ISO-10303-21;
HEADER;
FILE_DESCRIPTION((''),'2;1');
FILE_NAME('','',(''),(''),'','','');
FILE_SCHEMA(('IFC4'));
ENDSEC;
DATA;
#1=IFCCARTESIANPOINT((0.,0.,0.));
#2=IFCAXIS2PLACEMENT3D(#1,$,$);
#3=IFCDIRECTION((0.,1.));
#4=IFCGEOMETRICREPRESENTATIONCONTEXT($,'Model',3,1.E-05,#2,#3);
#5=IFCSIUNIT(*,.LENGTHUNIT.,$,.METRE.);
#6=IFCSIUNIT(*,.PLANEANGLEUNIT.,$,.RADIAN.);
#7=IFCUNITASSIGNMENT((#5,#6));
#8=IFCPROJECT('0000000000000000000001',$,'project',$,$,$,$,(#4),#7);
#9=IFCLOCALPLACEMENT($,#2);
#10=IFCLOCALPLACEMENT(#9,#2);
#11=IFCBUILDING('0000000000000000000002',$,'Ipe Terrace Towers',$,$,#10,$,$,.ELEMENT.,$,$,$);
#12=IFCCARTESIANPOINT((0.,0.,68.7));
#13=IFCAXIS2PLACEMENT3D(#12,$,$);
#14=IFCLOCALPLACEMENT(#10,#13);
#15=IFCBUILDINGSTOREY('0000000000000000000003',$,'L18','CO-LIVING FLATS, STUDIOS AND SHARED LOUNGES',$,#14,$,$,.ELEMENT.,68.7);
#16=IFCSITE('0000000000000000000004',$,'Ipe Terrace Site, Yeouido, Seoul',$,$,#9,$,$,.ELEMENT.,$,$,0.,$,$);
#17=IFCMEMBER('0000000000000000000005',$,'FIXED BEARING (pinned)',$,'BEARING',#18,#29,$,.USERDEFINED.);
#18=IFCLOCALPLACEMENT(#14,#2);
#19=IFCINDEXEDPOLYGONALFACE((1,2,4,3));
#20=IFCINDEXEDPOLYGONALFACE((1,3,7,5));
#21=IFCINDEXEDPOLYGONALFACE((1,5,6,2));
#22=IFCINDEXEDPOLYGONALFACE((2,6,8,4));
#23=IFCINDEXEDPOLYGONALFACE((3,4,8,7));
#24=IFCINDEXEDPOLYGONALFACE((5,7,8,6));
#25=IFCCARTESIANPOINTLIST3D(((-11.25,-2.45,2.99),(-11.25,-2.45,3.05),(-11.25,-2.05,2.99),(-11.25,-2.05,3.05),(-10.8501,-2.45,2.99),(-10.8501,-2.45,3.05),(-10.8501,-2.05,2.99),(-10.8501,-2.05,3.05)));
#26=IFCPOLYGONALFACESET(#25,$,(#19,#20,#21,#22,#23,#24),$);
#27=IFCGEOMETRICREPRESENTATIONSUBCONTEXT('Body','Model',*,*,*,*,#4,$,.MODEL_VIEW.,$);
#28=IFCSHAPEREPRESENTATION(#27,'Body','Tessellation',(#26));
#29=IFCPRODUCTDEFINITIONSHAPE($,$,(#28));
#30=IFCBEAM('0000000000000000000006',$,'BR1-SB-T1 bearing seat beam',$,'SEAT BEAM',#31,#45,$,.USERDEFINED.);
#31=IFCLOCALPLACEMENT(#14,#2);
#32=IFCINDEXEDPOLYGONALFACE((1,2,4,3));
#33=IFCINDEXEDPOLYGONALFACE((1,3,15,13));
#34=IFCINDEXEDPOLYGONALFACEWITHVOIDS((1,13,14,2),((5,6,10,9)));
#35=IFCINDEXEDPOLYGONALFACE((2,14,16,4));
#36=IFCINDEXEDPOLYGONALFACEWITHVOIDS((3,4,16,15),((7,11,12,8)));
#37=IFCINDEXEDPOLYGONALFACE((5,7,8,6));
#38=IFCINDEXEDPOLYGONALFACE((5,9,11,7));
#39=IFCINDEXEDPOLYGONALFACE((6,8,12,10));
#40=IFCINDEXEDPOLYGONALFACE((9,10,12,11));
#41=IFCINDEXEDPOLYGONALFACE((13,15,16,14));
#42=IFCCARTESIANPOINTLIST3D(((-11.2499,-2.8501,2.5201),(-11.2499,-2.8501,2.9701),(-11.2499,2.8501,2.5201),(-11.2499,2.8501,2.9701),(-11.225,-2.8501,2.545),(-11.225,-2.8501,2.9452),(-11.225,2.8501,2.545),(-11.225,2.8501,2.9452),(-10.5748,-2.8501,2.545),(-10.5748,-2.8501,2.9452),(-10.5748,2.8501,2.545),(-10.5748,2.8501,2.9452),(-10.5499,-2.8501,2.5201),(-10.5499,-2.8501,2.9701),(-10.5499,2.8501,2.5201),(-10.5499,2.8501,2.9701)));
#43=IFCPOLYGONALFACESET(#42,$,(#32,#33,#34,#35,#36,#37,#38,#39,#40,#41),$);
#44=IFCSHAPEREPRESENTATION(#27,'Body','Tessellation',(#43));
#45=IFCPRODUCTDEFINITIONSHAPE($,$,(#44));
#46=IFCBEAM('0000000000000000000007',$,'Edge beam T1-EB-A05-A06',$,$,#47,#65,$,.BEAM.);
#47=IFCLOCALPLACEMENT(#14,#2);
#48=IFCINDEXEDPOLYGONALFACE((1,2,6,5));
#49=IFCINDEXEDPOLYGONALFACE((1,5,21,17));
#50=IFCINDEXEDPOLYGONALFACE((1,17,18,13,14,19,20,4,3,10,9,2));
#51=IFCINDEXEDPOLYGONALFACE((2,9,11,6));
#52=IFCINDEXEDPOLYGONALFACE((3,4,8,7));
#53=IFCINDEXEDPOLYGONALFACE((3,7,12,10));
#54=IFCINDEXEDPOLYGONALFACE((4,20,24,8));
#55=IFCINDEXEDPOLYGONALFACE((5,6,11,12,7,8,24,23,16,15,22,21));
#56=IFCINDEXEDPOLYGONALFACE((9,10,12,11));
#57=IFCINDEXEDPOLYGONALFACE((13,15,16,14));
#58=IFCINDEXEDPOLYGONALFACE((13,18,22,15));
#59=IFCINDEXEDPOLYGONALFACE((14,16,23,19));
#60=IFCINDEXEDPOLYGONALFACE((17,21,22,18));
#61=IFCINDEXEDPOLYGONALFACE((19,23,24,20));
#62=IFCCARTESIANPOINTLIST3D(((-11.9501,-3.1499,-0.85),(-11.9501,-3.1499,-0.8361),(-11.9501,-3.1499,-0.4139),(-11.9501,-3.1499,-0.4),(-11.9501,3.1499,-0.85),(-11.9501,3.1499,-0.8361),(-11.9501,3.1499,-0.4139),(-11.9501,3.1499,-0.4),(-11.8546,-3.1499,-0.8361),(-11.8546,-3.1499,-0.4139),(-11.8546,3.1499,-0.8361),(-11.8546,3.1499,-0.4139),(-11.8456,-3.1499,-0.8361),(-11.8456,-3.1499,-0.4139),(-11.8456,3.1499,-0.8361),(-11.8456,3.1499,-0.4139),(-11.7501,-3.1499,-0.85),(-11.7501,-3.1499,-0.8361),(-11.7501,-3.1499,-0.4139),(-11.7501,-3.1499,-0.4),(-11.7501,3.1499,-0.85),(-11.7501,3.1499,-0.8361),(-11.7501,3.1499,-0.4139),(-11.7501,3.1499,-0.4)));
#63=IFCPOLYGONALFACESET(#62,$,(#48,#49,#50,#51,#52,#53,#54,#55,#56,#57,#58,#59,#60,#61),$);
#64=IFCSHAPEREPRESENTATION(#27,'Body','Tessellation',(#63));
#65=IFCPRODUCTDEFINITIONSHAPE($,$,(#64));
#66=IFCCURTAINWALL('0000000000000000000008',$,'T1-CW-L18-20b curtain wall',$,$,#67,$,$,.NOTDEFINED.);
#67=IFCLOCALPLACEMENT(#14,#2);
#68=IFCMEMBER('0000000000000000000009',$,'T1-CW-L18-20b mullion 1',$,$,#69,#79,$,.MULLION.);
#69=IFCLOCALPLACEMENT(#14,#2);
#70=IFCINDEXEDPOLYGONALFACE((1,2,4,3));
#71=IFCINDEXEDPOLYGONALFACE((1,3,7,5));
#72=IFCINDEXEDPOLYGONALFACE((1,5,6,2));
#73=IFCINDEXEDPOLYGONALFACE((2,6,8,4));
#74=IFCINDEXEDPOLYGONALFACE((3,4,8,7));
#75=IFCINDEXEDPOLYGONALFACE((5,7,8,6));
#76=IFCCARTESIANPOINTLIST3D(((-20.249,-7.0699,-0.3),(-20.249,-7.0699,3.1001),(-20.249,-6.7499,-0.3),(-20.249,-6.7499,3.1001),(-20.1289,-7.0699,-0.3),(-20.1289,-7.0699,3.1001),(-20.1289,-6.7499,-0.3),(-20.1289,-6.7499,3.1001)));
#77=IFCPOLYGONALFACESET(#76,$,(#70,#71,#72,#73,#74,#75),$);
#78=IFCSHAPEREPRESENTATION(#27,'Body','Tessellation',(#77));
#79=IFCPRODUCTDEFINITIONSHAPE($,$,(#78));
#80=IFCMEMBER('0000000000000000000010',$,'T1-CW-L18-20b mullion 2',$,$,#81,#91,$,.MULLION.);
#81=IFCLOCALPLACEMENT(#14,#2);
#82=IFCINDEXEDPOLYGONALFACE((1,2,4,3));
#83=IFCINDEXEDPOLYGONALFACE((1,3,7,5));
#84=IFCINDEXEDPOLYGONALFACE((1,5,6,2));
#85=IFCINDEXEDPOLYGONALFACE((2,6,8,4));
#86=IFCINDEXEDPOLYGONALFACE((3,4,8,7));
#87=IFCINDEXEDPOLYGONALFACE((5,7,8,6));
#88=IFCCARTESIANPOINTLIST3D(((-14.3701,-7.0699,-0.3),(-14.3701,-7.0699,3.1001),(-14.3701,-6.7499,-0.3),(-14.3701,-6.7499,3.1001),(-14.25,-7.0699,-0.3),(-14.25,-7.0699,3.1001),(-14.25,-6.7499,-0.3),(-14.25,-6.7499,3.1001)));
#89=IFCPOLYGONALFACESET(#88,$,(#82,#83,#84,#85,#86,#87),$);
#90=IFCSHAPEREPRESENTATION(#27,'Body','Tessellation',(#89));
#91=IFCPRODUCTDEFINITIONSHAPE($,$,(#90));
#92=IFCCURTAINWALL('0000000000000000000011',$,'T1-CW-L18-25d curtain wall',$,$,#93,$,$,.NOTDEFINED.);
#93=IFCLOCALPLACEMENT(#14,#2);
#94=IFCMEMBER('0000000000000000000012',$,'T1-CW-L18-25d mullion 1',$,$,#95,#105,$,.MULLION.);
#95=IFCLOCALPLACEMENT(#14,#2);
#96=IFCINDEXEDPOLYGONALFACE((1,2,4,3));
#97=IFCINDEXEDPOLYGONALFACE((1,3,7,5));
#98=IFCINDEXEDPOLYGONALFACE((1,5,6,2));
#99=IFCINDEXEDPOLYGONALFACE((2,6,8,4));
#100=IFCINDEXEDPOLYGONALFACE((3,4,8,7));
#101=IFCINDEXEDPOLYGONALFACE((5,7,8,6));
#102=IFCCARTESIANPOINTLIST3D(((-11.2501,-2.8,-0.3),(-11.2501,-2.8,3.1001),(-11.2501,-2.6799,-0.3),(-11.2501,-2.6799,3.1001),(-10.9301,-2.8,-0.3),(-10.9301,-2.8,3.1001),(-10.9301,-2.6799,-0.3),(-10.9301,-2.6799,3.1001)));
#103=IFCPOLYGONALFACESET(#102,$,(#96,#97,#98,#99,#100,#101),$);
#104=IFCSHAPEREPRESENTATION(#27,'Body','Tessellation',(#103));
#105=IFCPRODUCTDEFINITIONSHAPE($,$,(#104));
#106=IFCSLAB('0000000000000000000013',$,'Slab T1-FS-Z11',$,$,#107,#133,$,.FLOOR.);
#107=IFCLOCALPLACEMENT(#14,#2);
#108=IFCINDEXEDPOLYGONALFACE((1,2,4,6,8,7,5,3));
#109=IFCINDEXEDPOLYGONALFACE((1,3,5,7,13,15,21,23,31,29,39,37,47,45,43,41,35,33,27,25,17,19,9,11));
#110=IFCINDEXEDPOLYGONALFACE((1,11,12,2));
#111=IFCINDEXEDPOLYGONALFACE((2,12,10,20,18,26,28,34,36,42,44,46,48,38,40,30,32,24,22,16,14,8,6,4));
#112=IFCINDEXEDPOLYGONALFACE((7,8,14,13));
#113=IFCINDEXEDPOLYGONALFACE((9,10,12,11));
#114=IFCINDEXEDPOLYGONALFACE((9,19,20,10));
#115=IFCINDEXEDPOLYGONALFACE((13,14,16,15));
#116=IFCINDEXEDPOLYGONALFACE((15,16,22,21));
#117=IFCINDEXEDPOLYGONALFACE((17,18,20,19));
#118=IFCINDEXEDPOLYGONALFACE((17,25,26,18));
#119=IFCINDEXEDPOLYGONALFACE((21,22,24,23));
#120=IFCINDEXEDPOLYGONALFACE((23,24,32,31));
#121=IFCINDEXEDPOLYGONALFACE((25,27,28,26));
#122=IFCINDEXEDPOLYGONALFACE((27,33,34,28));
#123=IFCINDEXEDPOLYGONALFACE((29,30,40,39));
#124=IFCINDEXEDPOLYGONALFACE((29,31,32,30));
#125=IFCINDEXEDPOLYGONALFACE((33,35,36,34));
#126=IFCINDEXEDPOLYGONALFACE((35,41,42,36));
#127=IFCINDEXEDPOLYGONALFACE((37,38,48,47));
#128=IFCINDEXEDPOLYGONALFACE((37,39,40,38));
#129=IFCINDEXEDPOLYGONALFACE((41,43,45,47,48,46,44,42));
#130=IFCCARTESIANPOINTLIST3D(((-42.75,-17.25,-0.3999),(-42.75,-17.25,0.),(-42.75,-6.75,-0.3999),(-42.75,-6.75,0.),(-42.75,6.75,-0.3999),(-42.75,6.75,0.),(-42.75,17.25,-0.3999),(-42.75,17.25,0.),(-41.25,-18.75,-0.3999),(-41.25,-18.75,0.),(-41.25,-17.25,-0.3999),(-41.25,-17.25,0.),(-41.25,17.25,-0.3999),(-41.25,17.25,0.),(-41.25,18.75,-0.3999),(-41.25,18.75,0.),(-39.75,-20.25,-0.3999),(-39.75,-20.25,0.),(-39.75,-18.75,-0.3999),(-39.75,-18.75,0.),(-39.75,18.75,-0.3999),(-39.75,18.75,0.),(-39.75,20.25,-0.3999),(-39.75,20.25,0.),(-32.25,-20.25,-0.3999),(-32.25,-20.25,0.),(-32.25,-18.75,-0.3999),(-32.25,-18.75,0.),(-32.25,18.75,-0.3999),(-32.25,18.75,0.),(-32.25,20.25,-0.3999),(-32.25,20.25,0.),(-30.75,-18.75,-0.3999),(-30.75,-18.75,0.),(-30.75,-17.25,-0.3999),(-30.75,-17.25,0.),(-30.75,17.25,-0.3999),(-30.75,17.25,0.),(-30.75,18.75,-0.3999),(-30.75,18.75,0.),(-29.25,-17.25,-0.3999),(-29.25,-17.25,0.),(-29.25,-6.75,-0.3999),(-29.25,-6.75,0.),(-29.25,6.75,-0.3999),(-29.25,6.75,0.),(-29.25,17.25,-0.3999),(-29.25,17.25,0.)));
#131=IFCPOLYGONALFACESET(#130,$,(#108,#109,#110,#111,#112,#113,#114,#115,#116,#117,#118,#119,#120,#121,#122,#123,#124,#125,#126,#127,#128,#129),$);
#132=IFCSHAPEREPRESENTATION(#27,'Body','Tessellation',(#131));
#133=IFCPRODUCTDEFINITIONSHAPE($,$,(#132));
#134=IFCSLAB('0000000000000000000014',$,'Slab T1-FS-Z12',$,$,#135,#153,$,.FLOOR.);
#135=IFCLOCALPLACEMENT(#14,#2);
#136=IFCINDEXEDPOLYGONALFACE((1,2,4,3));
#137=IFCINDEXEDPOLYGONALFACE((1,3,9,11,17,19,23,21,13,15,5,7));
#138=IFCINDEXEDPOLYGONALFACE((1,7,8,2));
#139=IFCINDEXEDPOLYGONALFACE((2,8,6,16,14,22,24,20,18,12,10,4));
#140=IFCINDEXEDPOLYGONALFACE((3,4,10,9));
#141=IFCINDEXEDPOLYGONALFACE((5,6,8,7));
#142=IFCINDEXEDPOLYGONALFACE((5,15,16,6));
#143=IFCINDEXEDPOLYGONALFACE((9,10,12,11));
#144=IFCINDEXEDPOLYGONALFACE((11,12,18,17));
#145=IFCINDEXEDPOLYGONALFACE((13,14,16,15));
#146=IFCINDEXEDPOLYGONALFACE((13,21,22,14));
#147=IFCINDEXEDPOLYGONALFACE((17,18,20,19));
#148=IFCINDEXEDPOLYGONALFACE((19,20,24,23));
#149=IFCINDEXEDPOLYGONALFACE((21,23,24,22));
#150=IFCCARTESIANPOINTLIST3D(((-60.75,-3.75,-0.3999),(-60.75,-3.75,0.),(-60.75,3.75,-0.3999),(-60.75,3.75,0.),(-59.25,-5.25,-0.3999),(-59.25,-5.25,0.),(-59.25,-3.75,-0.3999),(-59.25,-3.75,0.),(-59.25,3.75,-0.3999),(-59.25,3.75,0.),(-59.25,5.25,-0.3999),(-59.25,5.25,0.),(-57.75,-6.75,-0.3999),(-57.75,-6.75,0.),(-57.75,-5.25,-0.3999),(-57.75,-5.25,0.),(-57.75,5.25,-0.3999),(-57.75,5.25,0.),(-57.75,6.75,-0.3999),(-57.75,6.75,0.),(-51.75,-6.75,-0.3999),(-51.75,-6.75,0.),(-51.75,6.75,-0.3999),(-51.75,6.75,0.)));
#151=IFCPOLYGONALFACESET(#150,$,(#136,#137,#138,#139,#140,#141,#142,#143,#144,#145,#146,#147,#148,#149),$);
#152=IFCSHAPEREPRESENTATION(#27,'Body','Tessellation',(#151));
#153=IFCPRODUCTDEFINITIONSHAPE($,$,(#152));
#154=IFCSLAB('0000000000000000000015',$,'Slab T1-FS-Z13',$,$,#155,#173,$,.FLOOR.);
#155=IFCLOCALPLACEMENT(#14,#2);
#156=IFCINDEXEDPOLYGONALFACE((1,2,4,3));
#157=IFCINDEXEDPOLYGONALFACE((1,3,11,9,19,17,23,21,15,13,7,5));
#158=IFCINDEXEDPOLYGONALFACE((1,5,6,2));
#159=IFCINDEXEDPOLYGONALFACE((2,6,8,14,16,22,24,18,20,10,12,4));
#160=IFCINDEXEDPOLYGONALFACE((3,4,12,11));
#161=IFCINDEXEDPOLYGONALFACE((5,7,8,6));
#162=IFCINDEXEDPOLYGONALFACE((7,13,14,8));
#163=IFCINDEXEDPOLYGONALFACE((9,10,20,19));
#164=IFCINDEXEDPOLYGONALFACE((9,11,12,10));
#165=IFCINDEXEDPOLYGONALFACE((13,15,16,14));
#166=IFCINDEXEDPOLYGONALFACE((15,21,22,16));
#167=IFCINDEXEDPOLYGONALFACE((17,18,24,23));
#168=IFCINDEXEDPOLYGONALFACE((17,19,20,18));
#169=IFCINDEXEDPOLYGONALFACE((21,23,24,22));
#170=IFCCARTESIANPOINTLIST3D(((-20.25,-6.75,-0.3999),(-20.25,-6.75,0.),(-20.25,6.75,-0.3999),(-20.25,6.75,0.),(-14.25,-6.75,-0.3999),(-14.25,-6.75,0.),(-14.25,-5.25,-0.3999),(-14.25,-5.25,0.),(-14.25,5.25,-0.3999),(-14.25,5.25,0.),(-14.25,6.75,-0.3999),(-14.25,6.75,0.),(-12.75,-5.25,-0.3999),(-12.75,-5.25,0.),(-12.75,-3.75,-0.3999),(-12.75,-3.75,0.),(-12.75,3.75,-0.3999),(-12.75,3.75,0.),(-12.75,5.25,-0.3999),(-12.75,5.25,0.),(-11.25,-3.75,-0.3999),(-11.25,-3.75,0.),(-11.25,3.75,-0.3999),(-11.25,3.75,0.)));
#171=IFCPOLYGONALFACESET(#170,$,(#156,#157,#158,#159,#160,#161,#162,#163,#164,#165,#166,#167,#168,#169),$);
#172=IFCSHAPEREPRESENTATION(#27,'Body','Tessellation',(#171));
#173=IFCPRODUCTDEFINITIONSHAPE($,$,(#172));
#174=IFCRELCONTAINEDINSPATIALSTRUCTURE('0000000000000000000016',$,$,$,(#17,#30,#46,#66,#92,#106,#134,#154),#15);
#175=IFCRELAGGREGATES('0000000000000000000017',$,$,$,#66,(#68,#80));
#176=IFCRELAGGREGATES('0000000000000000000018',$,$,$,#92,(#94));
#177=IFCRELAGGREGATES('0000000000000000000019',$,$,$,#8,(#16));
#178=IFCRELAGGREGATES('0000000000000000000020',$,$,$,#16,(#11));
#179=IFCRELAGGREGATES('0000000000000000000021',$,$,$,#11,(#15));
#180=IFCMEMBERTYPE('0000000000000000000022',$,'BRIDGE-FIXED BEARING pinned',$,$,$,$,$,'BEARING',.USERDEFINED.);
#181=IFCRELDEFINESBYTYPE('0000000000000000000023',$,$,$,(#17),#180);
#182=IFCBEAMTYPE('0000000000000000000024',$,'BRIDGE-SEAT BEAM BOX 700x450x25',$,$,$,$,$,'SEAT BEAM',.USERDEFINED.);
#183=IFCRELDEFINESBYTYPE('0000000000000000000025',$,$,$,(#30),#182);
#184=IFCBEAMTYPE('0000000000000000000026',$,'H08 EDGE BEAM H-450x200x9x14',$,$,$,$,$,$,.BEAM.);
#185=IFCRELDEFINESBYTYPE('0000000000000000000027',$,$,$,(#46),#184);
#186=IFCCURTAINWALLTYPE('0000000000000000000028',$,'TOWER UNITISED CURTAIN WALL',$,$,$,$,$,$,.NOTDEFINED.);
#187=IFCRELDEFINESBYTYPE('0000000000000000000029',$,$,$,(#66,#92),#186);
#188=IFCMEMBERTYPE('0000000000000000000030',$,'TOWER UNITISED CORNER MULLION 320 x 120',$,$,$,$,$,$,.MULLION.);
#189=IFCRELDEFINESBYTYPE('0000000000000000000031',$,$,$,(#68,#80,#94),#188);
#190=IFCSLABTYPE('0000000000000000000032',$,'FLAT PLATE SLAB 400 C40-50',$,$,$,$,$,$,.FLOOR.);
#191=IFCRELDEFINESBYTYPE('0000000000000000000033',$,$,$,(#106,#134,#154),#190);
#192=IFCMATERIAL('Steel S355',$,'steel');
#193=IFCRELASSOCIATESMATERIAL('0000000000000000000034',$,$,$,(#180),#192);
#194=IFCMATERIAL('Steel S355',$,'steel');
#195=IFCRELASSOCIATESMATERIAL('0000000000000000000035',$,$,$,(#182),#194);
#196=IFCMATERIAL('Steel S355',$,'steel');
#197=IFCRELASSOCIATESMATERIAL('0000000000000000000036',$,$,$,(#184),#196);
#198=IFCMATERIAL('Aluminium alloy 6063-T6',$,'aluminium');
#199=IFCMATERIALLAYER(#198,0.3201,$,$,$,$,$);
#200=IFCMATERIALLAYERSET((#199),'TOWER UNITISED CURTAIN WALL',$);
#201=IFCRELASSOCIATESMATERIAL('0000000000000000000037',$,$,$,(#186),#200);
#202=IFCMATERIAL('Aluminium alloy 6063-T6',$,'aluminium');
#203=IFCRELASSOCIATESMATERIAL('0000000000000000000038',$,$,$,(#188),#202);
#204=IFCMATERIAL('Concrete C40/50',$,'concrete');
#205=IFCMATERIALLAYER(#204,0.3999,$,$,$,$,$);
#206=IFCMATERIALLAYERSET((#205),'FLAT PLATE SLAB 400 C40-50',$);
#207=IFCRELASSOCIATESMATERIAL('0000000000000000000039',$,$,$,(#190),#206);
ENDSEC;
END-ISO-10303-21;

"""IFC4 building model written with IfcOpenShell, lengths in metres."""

from ifc_helpers import new_model, si_unit, direction, frame, origin, origin_2d, place, context, subcontext, project, spatial, polyline, rectangle, hollow_rectangle, i_section, outline, extrude, material, layer, layer_set, material_profile, profile_set, type_object, element, aggregate, save


model = new_model("IFC4")

# Units and contexts
model_context = context("Model", 3, precision=1e-05, world=origin(), true_north=direction((0.0, 1.0)))
body_context = subcontext(model_context, "Body", "Model", "MODEL_VIEW")
ifc_project = project(units=[si_unit("LENGTHUNIT", "METRE"), si_unit("PLANEANGLEUNIT", "RADIAN")], contexts=[model_context])

# Site, building, storey
site_placement = place(None, origin())
site = spatial("IfcSite", under=ifc_project, at=site_placement, Name="Ipe Terrace Site, Yeouido, Seoul", CompositionType="ELEMENT", RefElevation=0.0)
building_placement = place(site_placement, origin())
building = spatial("IfcBuilding", under=site, at=building_placement, Name="Ipe Terrace Towers", CompositionType="ELEMENT")
storey_placement = place(building_placement, frame((0.0, 0.0, 68.7)))
storey = spatial("IfcBuildingStorey", under=building, at=storey_placement, Name="L18", Description="CO-LIVING FLATS, STUDIOS AND SHARED LOUNGES", CompositionType="ELEMENT", Elevation=68.7)

# Member
ifc_material_1 = material(Name="Steel S355", Category="steel")
member_type_1 = type_object("IfcMemberType", Name="BRIDGE-FIXED BEARING pinned", ElementType="BEARING", PredefinedType="USERDEFINED", material=ifc_material_1)
member_1_placement = place(storey_placement, frame((-11.05, -2.25, 2.99), z_axis=(0.0, 0.0, 1.0), x_axis=(1.0, 0.0, 0.0)))
element("IfcMember", 1, at=member_1_placement, inside=storey, type_object=member_type_1, Name="FIXED BEARING (pinned)", ObjectType="BEARING", PredefinedType="USERDEFINED", context=body_context, shape_type="SweptSolid", body=[
    extrude(rectangle(XDim=0.3999, YDim=0.3999, at=origin_2d()), origin(), (0.0, 0.0, 1.0), 0.0601),
])

# Beams
ifc_material_2 = material(Name="Steel S355", Category="steel")
ifc_material_profile_1 = material_profile(ifc_material_2, hollow_rectangle(XDim=0.7, YDim=0.45, WallThickness=0.0249, at=origin_2d()), Name="BRIDGE-SEAT BEAM BOX 700x450x25")
ifc_profile_set_1 = profile_set([ifc_material_profile_1], Name="Steel S355")
beam_type_1 = type_object("IfcBeamType", Name="BRIDGE-SEAT BEAM BOX 700x450x25", ElementType="SEAT BEAM", PredefinedType="USERDEFINED", material=ifc_profile_set_1)
beam_1_placement = place(storey_placement, frame((-10.8999, -2.8501, 2.7451), z_axis=(0.0, 1.0, 0.0), x_axis=(-1.0, 0.0, 0.0)))
element("IfcBeam", 2, at=beam_1_placement, inside=storey, type_object=beam_type_1, Name="BR1-SB-T1 bearing seat beam", ObjectType="SEAT BEAM", PredefinedType="USERDEFINED", context=body_context, shape_type="SweptSolid", body=[
    extrude(hollow_rectangle(XDim=0.7, YDim=0.45, WallThickness=0.0249, at=origin_2d()), origin(), (0.0, 0.0, 1.0), 5.7002),
])
ifc_material_3 = material(Name="Steel S355", Category="steel")
ifc_material_profile_2 = material_profile(ifc_material_3, i_section(OverallWidth=0.2, OverallDepth=0.45, WebThickness=0.009, FlangeThickness=0.0139, at=origin_2d()), Name="H-450x200x9x14")
ifc_profile_set_2 = profile_set([ifc_material_profile_2], Name="Steel S355")
beam_type_2 = type_object("IfcBeamType", Name="H08 EDGE BEAM H-450x200x9x14", PredefinedType="BEAM", material=ifc_profile_set_2)
beam_2_placement = place(storey_placement, frame((-11.8501, -3.1499, -0.625), z_axis=(0.0, 1.0, 0.0), x_axis=(-1.0, 0.0, 0.0)))
element("IfcBeam", 3, at=beam_2_placement, inside=storey, type_object=beam_type_2, Name="Edge beam T1-EB-A05-A06", PredefinedType="BEAM", context=body_context, shape_type="SweptSolid", body=[
    extrude(i_section(OverallWidth=0.2, OverallDepth=0.45, WebThickness=0.009, FlangeThickness=0.0139, at=origin_2d()), origin(), (0.0, 0.0, 1.0), 6.2998),
])

# Curtain wall, members
ifc_material_4 = material(Name="Aluminium alloy 6063-T6", Category="aluminium")
ifc_layer_1 = layer(ifc_material_4, 0.3201)
ifc_layer_set_1 = layer_set([ifc_layer_1], Name="TOWER UNITISED CURTAIN WALL")
curtain_wall_type = type_object("IfcCurtainWallType", Name="TOWER UNITISED CURTAIN WALL", PredefinedType="NOTDEFINED", material=ifc_layer_set_1)
curtain_wall_1_placement = place(storey_placement, origin())
curtain_wall_1 = element("IfcCurtainWall", 4, at=curtain_wall_1_placement, inside=storey, type_object=curtain_wall_type, Name="T1-CW-L18-20b curtain wall", PredefinedType="NOTDEFINED")
ifc_material_5 = material(Name="Aluminium alloy 6063-T6", Category="aluminium")
ifc_material_profile_3 = material_profile(ifc_material_5, rectangle(XDim=0.3201, YDim=0.1201, at=origin_2d()), Name="TOWER UNITISED CORNER MULLION 320 x 120")
ifc_profile_set_3 = profile_set([ifc_material_profile_3], Name="Aluminium alloy 6063-T6")
member_type_2 = type_object("IfcMemberType", Name="TOWER UNITISED CORNER MULLION 320 x 120", PredefinedType="MULLION", material=ifc_profile_set_3)
member_2_placement = place(storey_placement, frame((-20.189, -6.9099, -0.3), z_axis=(0.0, 0.0, 1.0), x_axis=(0.0, -1.0, 0.0)))
member_2 = element("IfcMember", 5, at=member_2_placement, type_object=member_type_2, Name="T1-CW-L18-20b mullion 1", PredefinedType="MULLION", context=body_context, shape_type="SweptSolid", body=[
    extrude(rectangle(XDim=0.3201, YDim=0.1201, at=origin_2d()), origin(), (0.0, 0.0, 1.0), 3.4001),
])
member_3_placement = place(storey_placement, frame((-14.3101, -6.9099, -0.3), z_axis=(0.0, 0.0, 1.0), x_axis=(0.0, -1.0, 0.0)))
member_3 = element("IfcMember", 6, at=member_3_placement, type_object=member_type_2, Name="T1-CW-L18-20b mullion 2", PredefinedType="MULLION", context=body_context, shape_type="SweptSolid", body=[
    extrude(rectangle(XDim=0.3201, YDim=0.1201, at=origin_2d()), origin(), (0.0, 0.0, 1.0), 3.4001),
])

# Curtain wall, member
curtain_wall_2_placement = place(storey_placement, origin())
curtain_wall_2 = element("IfcCurtainWall", 7, at=curtain_wall_2_placement, inside=storey, type_object=curtain_wall_type, Name="T1-CW-L18-25d curtain wall", PredefinedType="NOTDEFINED")
member_4_placement = place(storey_placement, frame((-11.0901, -2.74, -0.3), z_axis=(0.0, 0.0, 1.0), x_axis=(1.0, 0.0, 0.0)))
member_4 = element("IfcMember", 8, at=member_4_placement, type_object=member_type_2, Name="T1-CW-L18-25d mullion 1", PredefinedType="MULLION", context=body_context, shape_type="SweptSolid", body=[
    extrude(rectangle(XDim=0.3201, YDim=0.1201, at=origin_2d()), origin(), (0.0, 0.0, 1.0), 3.4001),
])

# Slabs
ifc_material_6 = material(Name="Concrete C40/50", Category="concrete")
ifc_layer_2 = layer(ifc_material_6, 0.3999)
ifc_layer_set_2 = layer_set([ifc_layer_2], Name="FLAT PLATE SLAB 400 C40-50")
slab_type = type_object("IfcSlabType", Name="FLAT PLATE SLAB 400 C40-50", PredefinedType="FLOOR", material=ifc_layer_set_2)
slab_1_placement = place(storey_placement, frame((0.0, 0.0, -0.3999)))
element("IfcSlab", 9, at=slab_1_placement, inside=storey, type_object=slab_type, Name="Slab T1-FS-Z11", PredefinedType="FLOOR", context=body_context, shape_type="SweptSolid", body=[
    extrude(outline(polyline([(-30.75, -17.25), (-30.75, -18.75), (-32.25, -18.75), (-32.25, -20.25), (-39.75, -20.25), (-39.75, -18.75), (-41.25, -18.75), (-41.25, -17.25), (-42.75, -17.25), (-42.75, -6.75), (-42.75, 6.75), (-42.75, 17.25), (-41.25, 17.25), (-41.25, 18.75), (-39.75, 18.75), (-39.75, 20.25), (-32.25, 20.25), (-32.25, 18.75), (-30.75, 18.75), (-30.75, 17.25), (-29.25, 17.25), (-29.25, 6.75), (-29.25, -6.75), (-29.25, -17.25), (-30.75, -17.25)])), origin(), (0.0, 0.0, 1.0), 0.3999),
])
slab_2_placement = place(storey_placement, frame((0.0, 0.0, -0.3999)))
element("IfcSlab", 10, at=slab_2_placement, inside=storey, type_object=slab_type, Name="Slab T1-FS-Z12", PredefinedType="FLOOR", context=body_context, shape_type="SweptSolid", body=[
    extrude(outline(polyline([(-57.75, -6.75), (-57.75, -5.25), (-59.25, -5.25), (-59.25, -3.75), (-60.75, -3.75), (-60.75, 3.75), (-59.25, 3.75), (-59.25, 5.25), (-57.75, 5.25), (-57.75, 6.75), (-51.75, 6.75), (-51.75, -6.75), (-57.75, -6.75)])), origin(), (0.0, 0.0, 1.0), 0.3999),
])
slab_3_placement = place(storey_placement, frame((0.0, 0.0, -0.3999)))
element("IfcSlab", 11, at=slab_3_placement, inside=storey, type_object=slab_type, Name="Slab T1-FS-Z13", PredefinedType="FLOOR", context=body_context, shape_type="SweptSolid", body=[
    extrude(outline(polyline([(-14.25, 5.25), (-12.75, 5.25), (-12.75, 3.75), (-11.25, 3.75), (-11.25, -3.75), (-12.75, -3.75), (-12.75, -5.25), (-14.25, -5.25), (-14.25, -6.75), (-20.25, -6.75), (-20.25, 6.75), (-14.25, 6.75), (-14.25, 5.25)])), origin(), (0.0, 0.0, 1.0), 0.3999),
])

aggregate(curtain_wall_1, [member_2, member_3])
aggregate(curtain_wall_2, [member_4])

save(model, "model.ifc")
